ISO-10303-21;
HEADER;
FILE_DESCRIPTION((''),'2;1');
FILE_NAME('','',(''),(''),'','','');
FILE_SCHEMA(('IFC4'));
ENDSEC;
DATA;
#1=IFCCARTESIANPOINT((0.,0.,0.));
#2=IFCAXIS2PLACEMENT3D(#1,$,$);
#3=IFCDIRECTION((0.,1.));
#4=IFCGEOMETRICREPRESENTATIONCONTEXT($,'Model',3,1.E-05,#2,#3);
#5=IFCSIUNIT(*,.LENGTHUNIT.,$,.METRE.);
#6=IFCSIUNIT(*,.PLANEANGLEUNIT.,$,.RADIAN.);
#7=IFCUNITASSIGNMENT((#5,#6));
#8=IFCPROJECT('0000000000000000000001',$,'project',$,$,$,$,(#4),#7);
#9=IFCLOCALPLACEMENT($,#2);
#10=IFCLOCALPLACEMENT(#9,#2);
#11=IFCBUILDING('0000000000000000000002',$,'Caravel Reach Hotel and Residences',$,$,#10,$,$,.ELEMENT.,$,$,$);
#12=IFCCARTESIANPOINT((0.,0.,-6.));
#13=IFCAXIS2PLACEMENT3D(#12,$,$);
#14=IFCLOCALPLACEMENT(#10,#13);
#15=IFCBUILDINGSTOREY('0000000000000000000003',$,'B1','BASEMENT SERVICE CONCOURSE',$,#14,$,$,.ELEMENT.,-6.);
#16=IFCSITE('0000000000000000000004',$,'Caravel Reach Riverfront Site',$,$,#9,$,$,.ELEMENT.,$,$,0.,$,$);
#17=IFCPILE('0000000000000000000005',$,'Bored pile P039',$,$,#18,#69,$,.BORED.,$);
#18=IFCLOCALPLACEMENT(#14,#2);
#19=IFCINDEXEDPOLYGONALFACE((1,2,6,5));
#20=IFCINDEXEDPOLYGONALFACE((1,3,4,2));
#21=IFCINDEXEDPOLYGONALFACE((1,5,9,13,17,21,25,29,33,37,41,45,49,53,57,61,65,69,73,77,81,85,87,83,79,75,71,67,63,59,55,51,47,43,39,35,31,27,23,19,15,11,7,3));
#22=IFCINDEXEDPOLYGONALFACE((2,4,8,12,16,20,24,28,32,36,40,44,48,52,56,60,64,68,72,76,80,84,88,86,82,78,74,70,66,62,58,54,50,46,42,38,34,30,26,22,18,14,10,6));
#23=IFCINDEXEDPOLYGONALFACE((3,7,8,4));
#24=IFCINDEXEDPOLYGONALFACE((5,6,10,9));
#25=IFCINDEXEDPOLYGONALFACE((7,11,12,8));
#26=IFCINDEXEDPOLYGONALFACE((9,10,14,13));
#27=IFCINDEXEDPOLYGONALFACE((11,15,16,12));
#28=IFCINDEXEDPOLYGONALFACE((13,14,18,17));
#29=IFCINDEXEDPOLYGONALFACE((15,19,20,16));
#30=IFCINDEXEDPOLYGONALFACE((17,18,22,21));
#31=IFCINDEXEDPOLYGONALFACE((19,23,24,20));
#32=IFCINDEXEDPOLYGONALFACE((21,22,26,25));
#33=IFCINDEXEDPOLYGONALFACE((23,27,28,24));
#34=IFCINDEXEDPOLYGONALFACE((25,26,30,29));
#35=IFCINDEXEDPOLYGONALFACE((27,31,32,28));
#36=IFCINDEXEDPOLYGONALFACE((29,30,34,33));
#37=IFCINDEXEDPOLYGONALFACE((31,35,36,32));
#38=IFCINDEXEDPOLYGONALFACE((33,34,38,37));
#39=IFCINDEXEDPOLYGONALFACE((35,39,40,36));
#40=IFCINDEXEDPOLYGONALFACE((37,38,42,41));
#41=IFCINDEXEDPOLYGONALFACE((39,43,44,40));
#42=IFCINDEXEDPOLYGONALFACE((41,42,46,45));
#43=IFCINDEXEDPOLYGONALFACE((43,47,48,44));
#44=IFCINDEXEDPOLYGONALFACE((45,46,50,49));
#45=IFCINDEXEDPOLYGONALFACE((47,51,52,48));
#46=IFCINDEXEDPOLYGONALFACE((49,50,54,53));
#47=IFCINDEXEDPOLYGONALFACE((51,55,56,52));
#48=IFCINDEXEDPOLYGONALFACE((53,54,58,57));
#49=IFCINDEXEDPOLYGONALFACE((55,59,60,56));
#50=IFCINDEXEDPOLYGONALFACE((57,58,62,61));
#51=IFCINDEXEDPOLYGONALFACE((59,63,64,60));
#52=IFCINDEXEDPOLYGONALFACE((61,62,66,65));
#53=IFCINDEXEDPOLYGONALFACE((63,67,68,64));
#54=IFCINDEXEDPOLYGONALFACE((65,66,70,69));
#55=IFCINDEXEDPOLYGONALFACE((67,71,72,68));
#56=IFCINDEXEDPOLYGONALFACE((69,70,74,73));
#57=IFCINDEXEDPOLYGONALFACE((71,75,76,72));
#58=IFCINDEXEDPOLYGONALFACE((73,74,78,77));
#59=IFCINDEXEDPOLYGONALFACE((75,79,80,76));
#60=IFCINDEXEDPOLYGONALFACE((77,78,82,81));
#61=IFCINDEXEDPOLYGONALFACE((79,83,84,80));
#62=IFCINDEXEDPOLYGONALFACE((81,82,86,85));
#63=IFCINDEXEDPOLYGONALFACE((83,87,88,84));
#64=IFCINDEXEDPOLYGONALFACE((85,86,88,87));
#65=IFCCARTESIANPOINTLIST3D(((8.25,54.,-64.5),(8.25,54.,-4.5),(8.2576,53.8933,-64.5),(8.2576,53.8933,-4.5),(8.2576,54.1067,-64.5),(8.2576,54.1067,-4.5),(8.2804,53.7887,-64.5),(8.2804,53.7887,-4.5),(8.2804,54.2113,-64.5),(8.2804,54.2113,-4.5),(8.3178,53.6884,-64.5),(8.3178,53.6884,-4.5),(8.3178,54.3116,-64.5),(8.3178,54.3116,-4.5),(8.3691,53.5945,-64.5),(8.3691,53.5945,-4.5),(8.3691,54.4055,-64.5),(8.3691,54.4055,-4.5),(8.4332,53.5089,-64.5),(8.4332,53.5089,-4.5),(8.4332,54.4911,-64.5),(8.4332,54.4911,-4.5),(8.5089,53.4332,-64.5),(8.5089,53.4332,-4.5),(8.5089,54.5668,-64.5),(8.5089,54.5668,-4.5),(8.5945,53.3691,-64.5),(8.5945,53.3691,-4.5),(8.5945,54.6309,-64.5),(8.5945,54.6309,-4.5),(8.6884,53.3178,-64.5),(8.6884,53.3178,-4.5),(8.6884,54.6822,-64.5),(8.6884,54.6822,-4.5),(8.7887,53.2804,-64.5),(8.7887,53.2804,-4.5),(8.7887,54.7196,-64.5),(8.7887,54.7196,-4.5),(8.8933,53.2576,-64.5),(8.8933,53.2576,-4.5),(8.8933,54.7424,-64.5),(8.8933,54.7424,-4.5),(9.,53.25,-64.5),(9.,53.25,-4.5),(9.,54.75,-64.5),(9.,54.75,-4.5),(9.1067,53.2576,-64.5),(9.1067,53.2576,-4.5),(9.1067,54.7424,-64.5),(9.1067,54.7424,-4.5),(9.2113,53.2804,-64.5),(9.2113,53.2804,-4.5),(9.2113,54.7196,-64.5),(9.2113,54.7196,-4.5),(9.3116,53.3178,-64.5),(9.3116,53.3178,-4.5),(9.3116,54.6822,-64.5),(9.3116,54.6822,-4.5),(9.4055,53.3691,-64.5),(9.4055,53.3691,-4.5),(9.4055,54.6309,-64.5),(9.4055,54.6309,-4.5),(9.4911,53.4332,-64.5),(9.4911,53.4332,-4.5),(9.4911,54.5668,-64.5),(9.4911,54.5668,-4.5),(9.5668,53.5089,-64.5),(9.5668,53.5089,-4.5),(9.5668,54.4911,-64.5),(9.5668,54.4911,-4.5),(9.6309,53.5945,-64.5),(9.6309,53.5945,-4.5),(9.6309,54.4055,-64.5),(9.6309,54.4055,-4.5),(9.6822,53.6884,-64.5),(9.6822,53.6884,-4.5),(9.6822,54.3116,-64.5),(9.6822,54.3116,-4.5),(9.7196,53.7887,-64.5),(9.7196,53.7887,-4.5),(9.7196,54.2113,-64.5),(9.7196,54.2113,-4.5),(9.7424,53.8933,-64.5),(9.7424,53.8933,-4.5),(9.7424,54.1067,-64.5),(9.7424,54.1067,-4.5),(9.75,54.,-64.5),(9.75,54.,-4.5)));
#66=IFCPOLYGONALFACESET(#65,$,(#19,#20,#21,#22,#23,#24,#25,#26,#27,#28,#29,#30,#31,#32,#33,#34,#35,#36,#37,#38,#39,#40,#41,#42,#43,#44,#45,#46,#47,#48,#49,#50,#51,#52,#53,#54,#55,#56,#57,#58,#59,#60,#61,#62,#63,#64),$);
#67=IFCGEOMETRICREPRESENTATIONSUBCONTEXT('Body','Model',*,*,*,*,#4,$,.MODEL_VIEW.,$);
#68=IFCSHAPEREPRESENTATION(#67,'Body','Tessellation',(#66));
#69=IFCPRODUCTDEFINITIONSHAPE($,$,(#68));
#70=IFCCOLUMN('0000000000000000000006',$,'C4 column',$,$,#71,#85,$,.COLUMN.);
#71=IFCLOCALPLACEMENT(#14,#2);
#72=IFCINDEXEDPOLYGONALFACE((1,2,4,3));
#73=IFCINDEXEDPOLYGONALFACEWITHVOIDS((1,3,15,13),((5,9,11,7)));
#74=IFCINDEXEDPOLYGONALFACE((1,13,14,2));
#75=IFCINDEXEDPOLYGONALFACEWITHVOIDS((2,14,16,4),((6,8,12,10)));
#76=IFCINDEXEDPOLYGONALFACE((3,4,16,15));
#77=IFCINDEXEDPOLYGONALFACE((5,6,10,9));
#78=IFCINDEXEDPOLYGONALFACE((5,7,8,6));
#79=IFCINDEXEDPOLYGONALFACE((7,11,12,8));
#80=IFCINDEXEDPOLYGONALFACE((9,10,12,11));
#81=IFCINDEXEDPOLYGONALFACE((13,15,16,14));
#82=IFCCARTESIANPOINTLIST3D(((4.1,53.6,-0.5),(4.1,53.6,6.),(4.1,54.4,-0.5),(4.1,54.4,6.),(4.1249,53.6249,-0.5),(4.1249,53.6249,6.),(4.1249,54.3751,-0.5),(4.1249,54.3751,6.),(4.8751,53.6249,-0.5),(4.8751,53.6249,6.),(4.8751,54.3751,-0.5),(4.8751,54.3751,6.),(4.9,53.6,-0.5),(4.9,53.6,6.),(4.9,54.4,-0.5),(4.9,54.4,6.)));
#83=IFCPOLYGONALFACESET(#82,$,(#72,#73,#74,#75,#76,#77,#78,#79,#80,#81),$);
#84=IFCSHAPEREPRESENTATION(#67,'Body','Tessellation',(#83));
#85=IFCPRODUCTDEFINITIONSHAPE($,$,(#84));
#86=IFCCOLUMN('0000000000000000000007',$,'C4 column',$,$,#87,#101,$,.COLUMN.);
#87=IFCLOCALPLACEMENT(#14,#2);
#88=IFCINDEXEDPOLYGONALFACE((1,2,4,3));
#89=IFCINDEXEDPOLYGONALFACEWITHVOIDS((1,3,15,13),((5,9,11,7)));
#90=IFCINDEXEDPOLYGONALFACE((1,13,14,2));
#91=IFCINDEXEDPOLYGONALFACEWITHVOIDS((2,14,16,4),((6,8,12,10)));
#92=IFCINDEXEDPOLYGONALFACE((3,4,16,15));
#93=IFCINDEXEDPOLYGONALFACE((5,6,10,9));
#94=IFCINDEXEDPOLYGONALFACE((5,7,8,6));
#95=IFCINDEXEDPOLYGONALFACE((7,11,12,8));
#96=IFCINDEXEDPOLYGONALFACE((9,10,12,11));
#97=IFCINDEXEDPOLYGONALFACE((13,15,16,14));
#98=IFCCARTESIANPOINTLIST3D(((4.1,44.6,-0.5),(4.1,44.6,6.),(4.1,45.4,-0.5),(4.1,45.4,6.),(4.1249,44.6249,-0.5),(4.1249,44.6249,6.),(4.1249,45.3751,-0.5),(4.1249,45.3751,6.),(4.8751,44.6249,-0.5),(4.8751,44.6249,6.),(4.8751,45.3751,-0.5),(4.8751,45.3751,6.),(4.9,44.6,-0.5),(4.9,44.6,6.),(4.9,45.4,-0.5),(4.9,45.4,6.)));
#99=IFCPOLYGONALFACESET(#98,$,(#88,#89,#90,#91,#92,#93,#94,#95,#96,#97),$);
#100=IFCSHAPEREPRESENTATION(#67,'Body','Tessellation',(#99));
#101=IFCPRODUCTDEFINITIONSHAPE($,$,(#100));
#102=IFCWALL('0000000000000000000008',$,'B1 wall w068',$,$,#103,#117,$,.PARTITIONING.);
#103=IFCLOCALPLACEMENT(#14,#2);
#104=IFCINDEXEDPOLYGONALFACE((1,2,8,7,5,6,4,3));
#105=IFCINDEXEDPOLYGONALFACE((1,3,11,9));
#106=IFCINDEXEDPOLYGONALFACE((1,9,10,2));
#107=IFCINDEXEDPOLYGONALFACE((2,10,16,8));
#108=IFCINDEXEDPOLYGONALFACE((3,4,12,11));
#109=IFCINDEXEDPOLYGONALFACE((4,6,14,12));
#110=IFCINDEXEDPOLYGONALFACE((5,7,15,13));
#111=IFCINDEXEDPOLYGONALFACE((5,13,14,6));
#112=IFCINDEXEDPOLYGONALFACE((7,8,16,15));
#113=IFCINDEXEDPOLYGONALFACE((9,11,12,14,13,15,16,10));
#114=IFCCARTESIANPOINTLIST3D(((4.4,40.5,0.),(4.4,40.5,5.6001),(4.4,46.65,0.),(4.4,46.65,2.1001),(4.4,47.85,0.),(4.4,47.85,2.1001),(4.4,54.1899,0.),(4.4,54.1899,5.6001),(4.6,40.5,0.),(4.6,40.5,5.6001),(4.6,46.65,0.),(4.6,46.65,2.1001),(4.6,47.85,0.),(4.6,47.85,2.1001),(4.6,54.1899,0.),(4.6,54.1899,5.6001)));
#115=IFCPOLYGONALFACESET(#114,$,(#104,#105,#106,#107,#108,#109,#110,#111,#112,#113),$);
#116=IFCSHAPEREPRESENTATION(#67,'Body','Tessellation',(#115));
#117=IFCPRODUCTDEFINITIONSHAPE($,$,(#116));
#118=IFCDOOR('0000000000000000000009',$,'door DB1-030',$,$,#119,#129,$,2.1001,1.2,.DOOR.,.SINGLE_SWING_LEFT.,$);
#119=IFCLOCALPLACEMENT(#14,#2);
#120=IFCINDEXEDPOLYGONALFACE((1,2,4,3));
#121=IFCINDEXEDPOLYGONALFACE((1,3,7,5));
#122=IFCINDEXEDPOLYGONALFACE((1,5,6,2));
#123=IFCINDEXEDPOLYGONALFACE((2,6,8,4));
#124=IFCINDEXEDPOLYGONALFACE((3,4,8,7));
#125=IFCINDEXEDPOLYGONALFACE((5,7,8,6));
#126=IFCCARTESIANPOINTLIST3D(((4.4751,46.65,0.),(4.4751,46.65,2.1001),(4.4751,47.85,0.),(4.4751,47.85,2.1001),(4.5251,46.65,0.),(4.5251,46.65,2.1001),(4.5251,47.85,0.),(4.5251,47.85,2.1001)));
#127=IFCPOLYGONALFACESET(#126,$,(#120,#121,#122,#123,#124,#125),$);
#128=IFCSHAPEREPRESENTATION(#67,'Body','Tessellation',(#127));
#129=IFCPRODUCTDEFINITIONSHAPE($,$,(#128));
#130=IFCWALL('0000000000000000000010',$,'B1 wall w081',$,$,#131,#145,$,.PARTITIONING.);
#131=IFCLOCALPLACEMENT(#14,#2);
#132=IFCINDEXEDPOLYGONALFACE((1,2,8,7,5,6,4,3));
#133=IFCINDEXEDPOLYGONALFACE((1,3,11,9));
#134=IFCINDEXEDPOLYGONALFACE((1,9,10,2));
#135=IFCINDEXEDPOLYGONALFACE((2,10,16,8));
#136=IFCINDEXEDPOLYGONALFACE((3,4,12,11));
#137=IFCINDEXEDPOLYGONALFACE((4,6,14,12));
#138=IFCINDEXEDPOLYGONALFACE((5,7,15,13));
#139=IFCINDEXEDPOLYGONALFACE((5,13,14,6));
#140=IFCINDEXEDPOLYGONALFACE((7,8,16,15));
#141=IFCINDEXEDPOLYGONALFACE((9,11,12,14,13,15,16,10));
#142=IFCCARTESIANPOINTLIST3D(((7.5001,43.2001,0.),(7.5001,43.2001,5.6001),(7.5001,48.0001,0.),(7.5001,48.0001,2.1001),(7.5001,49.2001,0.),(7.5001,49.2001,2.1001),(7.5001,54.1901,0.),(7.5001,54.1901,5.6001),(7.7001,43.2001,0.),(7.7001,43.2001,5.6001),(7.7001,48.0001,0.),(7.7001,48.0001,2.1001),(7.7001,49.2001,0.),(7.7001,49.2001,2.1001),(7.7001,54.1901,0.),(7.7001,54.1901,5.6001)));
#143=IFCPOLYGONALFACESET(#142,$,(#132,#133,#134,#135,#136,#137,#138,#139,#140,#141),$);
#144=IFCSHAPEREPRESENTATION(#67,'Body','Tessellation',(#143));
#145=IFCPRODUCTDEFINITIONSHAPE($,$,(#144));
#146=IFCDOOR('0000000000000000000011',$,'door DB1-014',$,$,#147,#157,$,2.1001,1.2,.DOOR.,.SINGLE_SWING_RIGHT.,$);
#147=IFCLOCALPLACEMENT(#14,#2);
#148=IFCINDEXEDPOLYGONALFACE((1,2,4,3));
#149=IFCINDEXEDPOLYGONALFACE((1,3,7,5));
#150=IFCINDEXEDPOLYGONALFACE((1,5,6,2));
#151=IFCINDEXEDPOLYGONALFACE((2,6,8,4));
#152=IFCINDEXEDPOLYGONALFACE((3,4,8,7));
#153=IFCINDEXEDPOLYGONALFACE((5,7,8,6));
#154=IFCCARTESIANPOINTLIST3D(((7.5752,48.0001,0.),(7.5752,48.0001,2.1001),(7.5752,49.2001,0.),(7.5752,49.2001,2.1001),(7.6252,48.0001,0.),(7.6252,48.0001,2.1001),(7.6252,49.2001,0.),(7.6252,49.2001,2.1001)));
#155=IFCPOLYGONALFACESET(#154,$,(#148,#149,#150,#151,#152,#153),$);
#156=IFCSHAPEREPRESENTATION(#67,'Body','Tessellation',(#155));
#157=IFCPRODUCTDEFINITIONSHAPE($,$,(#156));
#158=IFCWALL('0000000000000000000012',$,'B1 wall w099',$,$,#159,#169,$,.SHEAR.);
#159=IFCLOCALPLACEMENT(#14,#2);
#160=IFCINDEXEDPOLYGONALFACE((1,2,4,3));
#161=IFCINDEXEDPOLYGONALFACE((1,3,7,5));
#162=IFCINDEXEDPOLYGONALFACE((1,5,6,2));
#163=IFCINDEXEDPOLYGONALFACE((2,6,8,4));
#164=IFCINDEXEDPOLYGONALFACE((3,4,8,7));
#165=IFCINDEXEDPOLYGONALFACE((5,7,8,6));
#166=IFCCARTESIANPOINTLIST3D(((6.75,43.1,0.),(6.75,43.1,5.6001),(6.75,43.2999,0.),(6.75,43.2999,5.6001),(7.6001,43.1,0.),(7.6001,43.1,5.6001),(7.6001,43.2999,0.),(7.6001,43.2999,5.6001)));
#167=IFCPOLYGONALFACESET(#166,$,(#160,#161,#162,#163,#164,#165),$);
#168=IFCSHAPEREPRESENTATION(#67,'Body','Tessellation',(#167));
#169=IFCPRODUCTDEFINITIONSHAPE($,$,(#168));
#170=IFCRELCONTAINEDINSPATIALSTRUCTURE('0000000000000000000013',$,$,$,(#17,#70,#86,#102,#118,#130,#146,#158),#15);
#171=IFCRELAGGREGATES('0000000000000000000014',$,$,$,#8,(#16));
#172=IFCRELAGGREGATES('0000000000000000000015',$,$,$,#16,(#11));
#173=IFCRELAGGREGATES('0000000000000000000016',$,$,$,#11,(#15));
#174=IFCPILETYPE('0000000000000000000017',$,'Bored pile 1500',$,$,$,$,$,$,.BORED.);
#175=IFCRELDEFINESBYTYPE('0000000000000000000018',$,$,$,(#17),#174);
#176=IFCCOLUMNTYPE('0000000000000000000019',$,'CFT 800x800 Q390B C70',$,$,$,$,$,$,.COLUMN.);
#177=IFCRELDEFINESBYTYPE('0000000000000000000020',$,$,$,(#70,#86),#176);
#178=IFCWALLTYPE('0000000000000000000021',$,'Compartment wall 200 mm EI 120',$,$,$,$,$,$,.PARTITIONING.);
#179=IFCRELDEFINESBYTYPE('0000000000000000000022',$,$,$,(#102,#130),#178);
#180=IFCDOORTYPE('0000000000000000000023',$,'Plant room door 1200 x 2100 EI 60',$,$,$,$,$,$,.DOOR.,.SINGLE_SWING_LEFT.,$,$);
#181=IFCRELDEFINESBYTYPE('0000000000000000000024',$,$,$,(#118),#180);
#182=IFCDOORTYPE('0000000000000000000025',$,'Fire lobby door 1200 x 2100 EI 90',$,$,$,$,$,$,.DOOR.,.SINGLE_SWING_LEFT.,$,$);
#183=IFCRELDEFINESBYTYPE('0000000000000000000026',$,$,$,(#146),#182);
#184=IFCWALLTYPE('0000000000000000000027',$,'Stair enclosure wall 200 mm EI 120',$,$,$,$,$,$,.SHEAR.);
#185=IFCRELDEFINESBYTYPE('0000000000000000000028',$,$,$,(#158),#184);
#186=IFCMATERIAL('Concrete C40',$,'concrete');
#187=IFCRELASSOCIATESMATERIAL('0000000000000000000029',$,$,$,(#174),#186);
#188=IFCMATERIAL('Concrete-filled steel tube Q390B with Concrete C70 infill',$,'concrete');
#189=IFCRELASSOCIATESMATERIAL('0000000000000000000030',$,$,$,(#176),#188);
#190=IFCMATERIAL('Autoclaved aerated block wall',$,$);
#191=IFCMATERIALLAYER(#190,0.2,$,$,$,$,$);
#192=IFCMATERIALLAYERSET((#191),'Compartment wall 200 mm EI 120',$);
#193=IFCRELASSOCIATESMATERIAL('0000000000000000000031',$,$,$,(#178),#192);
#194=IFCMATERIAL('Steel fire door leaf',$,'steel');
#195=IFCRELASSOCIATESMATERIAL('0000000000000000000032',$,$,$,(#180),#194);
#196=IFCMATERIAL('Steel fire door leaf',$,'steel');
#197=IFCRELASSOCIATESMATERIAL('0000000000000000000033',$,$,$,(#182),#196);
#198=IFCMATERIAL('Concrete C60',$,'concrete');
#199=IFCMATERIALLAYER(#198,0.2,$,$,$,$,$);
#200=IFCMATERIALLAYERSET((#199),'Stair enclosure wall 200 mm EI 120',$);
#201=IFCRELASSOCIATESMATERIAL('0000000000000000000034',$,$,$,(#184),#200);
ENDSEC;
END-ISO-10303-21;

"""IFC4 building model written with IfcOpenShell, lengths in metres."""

from ifc_helpers import new_model, si_unit, direction, frame, frame_2d, origin, origin_2d, place, context, subcontext, project, spatial, rectangle, hollow_rectangle, circle, extrude, material, layer, layer_set, material_profile, profile_set, type_object, element, fill, save


model = new_model("IFC4")

# Units and contexts
model_context = context("Model", 3, precision=1e-05, world=origin(), true_north=direction((0.0, 1.0)))
body_context = subcontext(model_context, "Body", "Model", "MODEL_VIEW")
ifc_project = project(units=[si_unit("LENGTHUNIT", "METRE"), si_unit("PLANEANGLEUNIT", "RADIAN")], contexts=[model_context])

# Site, building, storey
site_placement = place(None, origin())
site = spatial("IfcSite", under=ifc_project, at=site_placement, Name="Caravel Reach Riverfront Site", CompositionType="ELEMENT", RefElevation=0.0)
building_placement = place(site_placement, origin())
building = spatial("IfcBuilding", under=site, at=building_placement, Name="Caravel Reach Hotel and Residences", CompositionType="ELEMENT")
storey_placement = place(building_placement, frame((0.0, 0.0, -6.0)))
storey = spatial("IfcBuildingStorey", under=building, at=storey_placement, Name="B1", Description="BASEMENT SERVICE CONCOURSE", CompositionType="ELEMENT", Elevation=-6.0)

# Pile
ifc_material_1 = material(Name="Concrete C40", Category="concrete")
ifc_material_profile_1 = material_profile(ifc_material_1, circle(Radius=0.75, at=origin_2d()), Name="PILE 1500")
ifc_profile_set_1 = profile_set([ifc_material_profile_1], Name="Concrete C40")
pile_type = type_object("IfcPileType", Name="Bored pile 1500", PredefinedType="BORED", material=ifc_profile_set_1)
for number, where, z_axis, x_axis, name in (
    (1, (9.0, 54.0, -4.5), (0.0, 0.0, -1.0), (1.0, 0.0, 0.0), "Bored pile P039"),
):
    element("IfcPile", number, at=place(storey_placement, frame(where, z_axis=z_axis, x_axis=x_axis)), inside=storey, type_object=pile_type, Name=name, PredefinedType="BORED", context=body_context, shape_type="SweptSolid", body=[
        extrude(circle(Radius=0.75, at=origin_2d()), origin(), (0.0, 0.0, 1.0), 60.0),
    ])

# Columns
ifc_material_2 = material(Name="Concrete-filled steel tube Q390B with Concrete C70 infill", Category="concrete")
ifc_material_profile_2 = material_profile(ifc_material_2, hollow_rectangle(XDim=0.8, YDim=0.8, WallThickness=0.0249, at=origin_2d()), Name="RHS 800x800x25")
ifc_profile_set_2 = profile_set([ifc_material_profile_2], Name="Concrete-filled steel tube Q390B with Concrete C70 infill")
column_type = type_object("IfcColumnType", Name="CFT 800x800 Q390B C70", PredefinedType="COLUMN", material=ifc_profile_set_2)
for number, where, z_axis, x_axis, name in (
    (2, (4.5, 54.0, -0.5), (0.0, 0.0, 1.0), (1.0, 0.0, 0.0), "C4 column"),
    (3, (4.5, 45.0, -0.5), (0.0, 0.0, 1.0), (1.0, 0.0, 0.0), "C4 column"),
):
    element("IfcColumn", number, at=place(storey_placement, frame(where, z_axis=z_axis, x_axis=x_axis)), inside=storey, type_object=column_type, Name=name, PredefinedType="COLUMN", context=body_context, shape_type="SweptSolid", body=[
        extrude(hollow_rectangle(XDim=0.8, YDim=0.8, WallThickness=0.0249, at=origin_2d()), origin(), (0.0, 0.0, 1.0), 6.5),
    ])

# Walls, openings, doors
ifc_material_3 = material(Name="Autoclaved aerated block wall")
ifc_layer_1 = layer(ifc_material_3, 0.2)
ifc_layer_set_1 = layer_set([ifc_layer_1], Name="Compartment wall 200 mm EI 120")
wall_type_1 = type_object("IfcWallType", Name="Compartment wall 200 mm EI 120", PredefinedType="PARTITIONING", material=ifc_layer_set_1)
wall_1_placement = place(storey_placement, frame((4.5, 40.5, 0.0), z_axis=(0.0, 0.0, 1.0), x_axis=(0.0, 1.0, 0.0)))
wall_1 = element("IfcWall", 4, at=wall_1_placement, inside=storey, type_object=wall_type_1, Name="B1 wall w068", PredefinedType="PARTITIONING", context=body_context, shape_type="SweptSolid", body=[
    extrude(rectangle(XDim=13.6899, YDim=0.2, at=frame_2d((6.845, 0.0))), origin(), (0.0, 0.0, 1.0), 5.6001),
])
opening_1_placement = place(wall_1_placement, frame((6.1499, 0.0, 0.0)))
opening_1 = element("IfcOpeningElement", 5, at=opening_1_placement, cuts=wall_1, PredefinedType="OPENING", context=body_context, shape_type="SweptSolid", body=[
    extrude(rectangle(XDim=1.2, YDim=2.1001, at=frame_2d((0.6001, 1.05))), frame((0.0, 0.1099, 0.0), z_axis=(0.0, -1.0, 0.0), x_axis=(1.0, 0.0, 0.0)), (0.0, 0.0, 1.0), 0.22),
])
ifc_material_4 = material(Name="Steel fire door leaf", Category="steel")
door_type_1 = type_object("IfcDoorType", Name="Plant room door 1200 x 2100 EI 60", OperationType="SINGLE_SWING_LEFT", PredefinedType="DOOR", material=ifc_material_4)
door_1_placement = place(opening_1_placement, origin())
door_1 = element("IfcDoor", 6, at=door_1_placement, inside=storey, type_object=door_type_1, Name="door DB1-030", OperationType="SINGLE_SWING_LEFT", OverallHeight=2.1001, OverallWidth=1.2, PredefinedType="DOOR", context=body_context, shape_type="SweptSolid", body=[
    extrude(rectangle(XDim=1.2, YDim=2.1001, at=frame_2d((0.6001, 1.05))), frame((0.0, 0.0249, 0.0), z_axis=(0.0, -1.0, 0.0), x_axis=(1.0, 0.0, 0.0)), (0.0, 0.0, 1.0), 0.05),
])
fill(opening_1, door_1)
wall_2_placement = place(storey_placement, frame((7.6001, 43.2, 0.0), z_axis=(0.0, 0.0, 1.0), x_axis=(0.0, 1.0, 0.0)))
wall_2 = element("IfcWall", 7, at=wall_2_placement, inside=storey, type_object=wall_type_1, Name="B1 wall w081", PredefinedType="PARTITIONING", context=body_context, shape_type="SweptSolid", body=[
    extrude(rectangle(XDim=10.99, YDim=0.2, at=frame_2d((5.4951, 0.0))), origin(), (0.0, 0.0, 1.0), 5.6001),
])
opening_2_placement = place(wall_2_placement, frame((4.8, 0.0, 0.0)))
opening_2 = element("IfcOpeningElement", 8, at=opening_2_placement, cuts=wall_2, PredefinedType="OPENING", context=body_context, shape_type="SweptSolid", body=[
    extrude(rectangle(XDim=1.2, YDim=2.1001, at=frame_2d((0.6001, 1.05))), frame((0.0, 0.1099, 0.0), z_axis=(0.0, -1.0, 0.0), x_axis=(1.0, 0.0, 0.0)), (0.0, 0.0, 1.0), 0.22),
])
ifc_material_5 = material(Name="Steel fire door leaf", Category="steel")
door_type_2 = type_object("IfcDoorType", Name="Fire lobby door 1200 x 2100 EI 90", OperationType="SINGLE_SWING_LEFT", PredefinedType="DOOR", material=ifc_material_5)
door_2_placement = place(opening_2_placement, origin())
door_2 = element("IfcDoor", 9, at=door_2_placement, inside=storey, type_object=door_type_2, Name="door DB1-014", OperationType="SINGLE_SWING_RIGHT", OverallHeight=2.1001, OverallWidth=1.2, PredefinedType="DOOR", context=body_context, shape_type="SweptSolid", body=[
    extrude(rectangle(XDim=1.2, YDim=2.1001, at=frame_2d((0.6001, 1.05))), frame((0.0, 0.0249, 0.0), z_axis=(0.0, -1.0, 0.0), x_axis=(1.0, 0.0, 0.0)), (0.0, 0.0, 1.0), 0.05),
])
fill(opening_2, door_2)

# Wall
ifc_material_6 = material(Name="Concrete C60", Category="concrete")
ifc_layer_2 = layer(ifc_material_6, 0.2)
ifc_layer_set_2 = layer_set([ifc_layer_2], Name="Stair enclosure wall 200 mm EI 120")
wall_type_2 = type_object("IfcWallType", Name="Stair enclosure wall 200 mm EI 120", PredefinedType="SHEAR", material=ifc_layer_set_2)
wall_3_placement = place(storey_placement, frame((6.75, 43.2, 0.0), z_axis=(0.0, 0.0, 1.0), x_axis=(1.0, 0.0, 0.0)))
element("IfcWall", 10, at=wall_3_placement, inside=storey, type_object=wall_type_2, Name="B1 wall w099", PredefinedType="SHEAR", context=body_context, shape_type="SweptSolid", body=[
    extrude(rectangle(XDim=0.8501, YDim=0.2, at=frame_2d((0.425, 0.0))), origin(), (0.0, 0.0, 1.0), 5.6001),
])

save(model, "model.ifc")
